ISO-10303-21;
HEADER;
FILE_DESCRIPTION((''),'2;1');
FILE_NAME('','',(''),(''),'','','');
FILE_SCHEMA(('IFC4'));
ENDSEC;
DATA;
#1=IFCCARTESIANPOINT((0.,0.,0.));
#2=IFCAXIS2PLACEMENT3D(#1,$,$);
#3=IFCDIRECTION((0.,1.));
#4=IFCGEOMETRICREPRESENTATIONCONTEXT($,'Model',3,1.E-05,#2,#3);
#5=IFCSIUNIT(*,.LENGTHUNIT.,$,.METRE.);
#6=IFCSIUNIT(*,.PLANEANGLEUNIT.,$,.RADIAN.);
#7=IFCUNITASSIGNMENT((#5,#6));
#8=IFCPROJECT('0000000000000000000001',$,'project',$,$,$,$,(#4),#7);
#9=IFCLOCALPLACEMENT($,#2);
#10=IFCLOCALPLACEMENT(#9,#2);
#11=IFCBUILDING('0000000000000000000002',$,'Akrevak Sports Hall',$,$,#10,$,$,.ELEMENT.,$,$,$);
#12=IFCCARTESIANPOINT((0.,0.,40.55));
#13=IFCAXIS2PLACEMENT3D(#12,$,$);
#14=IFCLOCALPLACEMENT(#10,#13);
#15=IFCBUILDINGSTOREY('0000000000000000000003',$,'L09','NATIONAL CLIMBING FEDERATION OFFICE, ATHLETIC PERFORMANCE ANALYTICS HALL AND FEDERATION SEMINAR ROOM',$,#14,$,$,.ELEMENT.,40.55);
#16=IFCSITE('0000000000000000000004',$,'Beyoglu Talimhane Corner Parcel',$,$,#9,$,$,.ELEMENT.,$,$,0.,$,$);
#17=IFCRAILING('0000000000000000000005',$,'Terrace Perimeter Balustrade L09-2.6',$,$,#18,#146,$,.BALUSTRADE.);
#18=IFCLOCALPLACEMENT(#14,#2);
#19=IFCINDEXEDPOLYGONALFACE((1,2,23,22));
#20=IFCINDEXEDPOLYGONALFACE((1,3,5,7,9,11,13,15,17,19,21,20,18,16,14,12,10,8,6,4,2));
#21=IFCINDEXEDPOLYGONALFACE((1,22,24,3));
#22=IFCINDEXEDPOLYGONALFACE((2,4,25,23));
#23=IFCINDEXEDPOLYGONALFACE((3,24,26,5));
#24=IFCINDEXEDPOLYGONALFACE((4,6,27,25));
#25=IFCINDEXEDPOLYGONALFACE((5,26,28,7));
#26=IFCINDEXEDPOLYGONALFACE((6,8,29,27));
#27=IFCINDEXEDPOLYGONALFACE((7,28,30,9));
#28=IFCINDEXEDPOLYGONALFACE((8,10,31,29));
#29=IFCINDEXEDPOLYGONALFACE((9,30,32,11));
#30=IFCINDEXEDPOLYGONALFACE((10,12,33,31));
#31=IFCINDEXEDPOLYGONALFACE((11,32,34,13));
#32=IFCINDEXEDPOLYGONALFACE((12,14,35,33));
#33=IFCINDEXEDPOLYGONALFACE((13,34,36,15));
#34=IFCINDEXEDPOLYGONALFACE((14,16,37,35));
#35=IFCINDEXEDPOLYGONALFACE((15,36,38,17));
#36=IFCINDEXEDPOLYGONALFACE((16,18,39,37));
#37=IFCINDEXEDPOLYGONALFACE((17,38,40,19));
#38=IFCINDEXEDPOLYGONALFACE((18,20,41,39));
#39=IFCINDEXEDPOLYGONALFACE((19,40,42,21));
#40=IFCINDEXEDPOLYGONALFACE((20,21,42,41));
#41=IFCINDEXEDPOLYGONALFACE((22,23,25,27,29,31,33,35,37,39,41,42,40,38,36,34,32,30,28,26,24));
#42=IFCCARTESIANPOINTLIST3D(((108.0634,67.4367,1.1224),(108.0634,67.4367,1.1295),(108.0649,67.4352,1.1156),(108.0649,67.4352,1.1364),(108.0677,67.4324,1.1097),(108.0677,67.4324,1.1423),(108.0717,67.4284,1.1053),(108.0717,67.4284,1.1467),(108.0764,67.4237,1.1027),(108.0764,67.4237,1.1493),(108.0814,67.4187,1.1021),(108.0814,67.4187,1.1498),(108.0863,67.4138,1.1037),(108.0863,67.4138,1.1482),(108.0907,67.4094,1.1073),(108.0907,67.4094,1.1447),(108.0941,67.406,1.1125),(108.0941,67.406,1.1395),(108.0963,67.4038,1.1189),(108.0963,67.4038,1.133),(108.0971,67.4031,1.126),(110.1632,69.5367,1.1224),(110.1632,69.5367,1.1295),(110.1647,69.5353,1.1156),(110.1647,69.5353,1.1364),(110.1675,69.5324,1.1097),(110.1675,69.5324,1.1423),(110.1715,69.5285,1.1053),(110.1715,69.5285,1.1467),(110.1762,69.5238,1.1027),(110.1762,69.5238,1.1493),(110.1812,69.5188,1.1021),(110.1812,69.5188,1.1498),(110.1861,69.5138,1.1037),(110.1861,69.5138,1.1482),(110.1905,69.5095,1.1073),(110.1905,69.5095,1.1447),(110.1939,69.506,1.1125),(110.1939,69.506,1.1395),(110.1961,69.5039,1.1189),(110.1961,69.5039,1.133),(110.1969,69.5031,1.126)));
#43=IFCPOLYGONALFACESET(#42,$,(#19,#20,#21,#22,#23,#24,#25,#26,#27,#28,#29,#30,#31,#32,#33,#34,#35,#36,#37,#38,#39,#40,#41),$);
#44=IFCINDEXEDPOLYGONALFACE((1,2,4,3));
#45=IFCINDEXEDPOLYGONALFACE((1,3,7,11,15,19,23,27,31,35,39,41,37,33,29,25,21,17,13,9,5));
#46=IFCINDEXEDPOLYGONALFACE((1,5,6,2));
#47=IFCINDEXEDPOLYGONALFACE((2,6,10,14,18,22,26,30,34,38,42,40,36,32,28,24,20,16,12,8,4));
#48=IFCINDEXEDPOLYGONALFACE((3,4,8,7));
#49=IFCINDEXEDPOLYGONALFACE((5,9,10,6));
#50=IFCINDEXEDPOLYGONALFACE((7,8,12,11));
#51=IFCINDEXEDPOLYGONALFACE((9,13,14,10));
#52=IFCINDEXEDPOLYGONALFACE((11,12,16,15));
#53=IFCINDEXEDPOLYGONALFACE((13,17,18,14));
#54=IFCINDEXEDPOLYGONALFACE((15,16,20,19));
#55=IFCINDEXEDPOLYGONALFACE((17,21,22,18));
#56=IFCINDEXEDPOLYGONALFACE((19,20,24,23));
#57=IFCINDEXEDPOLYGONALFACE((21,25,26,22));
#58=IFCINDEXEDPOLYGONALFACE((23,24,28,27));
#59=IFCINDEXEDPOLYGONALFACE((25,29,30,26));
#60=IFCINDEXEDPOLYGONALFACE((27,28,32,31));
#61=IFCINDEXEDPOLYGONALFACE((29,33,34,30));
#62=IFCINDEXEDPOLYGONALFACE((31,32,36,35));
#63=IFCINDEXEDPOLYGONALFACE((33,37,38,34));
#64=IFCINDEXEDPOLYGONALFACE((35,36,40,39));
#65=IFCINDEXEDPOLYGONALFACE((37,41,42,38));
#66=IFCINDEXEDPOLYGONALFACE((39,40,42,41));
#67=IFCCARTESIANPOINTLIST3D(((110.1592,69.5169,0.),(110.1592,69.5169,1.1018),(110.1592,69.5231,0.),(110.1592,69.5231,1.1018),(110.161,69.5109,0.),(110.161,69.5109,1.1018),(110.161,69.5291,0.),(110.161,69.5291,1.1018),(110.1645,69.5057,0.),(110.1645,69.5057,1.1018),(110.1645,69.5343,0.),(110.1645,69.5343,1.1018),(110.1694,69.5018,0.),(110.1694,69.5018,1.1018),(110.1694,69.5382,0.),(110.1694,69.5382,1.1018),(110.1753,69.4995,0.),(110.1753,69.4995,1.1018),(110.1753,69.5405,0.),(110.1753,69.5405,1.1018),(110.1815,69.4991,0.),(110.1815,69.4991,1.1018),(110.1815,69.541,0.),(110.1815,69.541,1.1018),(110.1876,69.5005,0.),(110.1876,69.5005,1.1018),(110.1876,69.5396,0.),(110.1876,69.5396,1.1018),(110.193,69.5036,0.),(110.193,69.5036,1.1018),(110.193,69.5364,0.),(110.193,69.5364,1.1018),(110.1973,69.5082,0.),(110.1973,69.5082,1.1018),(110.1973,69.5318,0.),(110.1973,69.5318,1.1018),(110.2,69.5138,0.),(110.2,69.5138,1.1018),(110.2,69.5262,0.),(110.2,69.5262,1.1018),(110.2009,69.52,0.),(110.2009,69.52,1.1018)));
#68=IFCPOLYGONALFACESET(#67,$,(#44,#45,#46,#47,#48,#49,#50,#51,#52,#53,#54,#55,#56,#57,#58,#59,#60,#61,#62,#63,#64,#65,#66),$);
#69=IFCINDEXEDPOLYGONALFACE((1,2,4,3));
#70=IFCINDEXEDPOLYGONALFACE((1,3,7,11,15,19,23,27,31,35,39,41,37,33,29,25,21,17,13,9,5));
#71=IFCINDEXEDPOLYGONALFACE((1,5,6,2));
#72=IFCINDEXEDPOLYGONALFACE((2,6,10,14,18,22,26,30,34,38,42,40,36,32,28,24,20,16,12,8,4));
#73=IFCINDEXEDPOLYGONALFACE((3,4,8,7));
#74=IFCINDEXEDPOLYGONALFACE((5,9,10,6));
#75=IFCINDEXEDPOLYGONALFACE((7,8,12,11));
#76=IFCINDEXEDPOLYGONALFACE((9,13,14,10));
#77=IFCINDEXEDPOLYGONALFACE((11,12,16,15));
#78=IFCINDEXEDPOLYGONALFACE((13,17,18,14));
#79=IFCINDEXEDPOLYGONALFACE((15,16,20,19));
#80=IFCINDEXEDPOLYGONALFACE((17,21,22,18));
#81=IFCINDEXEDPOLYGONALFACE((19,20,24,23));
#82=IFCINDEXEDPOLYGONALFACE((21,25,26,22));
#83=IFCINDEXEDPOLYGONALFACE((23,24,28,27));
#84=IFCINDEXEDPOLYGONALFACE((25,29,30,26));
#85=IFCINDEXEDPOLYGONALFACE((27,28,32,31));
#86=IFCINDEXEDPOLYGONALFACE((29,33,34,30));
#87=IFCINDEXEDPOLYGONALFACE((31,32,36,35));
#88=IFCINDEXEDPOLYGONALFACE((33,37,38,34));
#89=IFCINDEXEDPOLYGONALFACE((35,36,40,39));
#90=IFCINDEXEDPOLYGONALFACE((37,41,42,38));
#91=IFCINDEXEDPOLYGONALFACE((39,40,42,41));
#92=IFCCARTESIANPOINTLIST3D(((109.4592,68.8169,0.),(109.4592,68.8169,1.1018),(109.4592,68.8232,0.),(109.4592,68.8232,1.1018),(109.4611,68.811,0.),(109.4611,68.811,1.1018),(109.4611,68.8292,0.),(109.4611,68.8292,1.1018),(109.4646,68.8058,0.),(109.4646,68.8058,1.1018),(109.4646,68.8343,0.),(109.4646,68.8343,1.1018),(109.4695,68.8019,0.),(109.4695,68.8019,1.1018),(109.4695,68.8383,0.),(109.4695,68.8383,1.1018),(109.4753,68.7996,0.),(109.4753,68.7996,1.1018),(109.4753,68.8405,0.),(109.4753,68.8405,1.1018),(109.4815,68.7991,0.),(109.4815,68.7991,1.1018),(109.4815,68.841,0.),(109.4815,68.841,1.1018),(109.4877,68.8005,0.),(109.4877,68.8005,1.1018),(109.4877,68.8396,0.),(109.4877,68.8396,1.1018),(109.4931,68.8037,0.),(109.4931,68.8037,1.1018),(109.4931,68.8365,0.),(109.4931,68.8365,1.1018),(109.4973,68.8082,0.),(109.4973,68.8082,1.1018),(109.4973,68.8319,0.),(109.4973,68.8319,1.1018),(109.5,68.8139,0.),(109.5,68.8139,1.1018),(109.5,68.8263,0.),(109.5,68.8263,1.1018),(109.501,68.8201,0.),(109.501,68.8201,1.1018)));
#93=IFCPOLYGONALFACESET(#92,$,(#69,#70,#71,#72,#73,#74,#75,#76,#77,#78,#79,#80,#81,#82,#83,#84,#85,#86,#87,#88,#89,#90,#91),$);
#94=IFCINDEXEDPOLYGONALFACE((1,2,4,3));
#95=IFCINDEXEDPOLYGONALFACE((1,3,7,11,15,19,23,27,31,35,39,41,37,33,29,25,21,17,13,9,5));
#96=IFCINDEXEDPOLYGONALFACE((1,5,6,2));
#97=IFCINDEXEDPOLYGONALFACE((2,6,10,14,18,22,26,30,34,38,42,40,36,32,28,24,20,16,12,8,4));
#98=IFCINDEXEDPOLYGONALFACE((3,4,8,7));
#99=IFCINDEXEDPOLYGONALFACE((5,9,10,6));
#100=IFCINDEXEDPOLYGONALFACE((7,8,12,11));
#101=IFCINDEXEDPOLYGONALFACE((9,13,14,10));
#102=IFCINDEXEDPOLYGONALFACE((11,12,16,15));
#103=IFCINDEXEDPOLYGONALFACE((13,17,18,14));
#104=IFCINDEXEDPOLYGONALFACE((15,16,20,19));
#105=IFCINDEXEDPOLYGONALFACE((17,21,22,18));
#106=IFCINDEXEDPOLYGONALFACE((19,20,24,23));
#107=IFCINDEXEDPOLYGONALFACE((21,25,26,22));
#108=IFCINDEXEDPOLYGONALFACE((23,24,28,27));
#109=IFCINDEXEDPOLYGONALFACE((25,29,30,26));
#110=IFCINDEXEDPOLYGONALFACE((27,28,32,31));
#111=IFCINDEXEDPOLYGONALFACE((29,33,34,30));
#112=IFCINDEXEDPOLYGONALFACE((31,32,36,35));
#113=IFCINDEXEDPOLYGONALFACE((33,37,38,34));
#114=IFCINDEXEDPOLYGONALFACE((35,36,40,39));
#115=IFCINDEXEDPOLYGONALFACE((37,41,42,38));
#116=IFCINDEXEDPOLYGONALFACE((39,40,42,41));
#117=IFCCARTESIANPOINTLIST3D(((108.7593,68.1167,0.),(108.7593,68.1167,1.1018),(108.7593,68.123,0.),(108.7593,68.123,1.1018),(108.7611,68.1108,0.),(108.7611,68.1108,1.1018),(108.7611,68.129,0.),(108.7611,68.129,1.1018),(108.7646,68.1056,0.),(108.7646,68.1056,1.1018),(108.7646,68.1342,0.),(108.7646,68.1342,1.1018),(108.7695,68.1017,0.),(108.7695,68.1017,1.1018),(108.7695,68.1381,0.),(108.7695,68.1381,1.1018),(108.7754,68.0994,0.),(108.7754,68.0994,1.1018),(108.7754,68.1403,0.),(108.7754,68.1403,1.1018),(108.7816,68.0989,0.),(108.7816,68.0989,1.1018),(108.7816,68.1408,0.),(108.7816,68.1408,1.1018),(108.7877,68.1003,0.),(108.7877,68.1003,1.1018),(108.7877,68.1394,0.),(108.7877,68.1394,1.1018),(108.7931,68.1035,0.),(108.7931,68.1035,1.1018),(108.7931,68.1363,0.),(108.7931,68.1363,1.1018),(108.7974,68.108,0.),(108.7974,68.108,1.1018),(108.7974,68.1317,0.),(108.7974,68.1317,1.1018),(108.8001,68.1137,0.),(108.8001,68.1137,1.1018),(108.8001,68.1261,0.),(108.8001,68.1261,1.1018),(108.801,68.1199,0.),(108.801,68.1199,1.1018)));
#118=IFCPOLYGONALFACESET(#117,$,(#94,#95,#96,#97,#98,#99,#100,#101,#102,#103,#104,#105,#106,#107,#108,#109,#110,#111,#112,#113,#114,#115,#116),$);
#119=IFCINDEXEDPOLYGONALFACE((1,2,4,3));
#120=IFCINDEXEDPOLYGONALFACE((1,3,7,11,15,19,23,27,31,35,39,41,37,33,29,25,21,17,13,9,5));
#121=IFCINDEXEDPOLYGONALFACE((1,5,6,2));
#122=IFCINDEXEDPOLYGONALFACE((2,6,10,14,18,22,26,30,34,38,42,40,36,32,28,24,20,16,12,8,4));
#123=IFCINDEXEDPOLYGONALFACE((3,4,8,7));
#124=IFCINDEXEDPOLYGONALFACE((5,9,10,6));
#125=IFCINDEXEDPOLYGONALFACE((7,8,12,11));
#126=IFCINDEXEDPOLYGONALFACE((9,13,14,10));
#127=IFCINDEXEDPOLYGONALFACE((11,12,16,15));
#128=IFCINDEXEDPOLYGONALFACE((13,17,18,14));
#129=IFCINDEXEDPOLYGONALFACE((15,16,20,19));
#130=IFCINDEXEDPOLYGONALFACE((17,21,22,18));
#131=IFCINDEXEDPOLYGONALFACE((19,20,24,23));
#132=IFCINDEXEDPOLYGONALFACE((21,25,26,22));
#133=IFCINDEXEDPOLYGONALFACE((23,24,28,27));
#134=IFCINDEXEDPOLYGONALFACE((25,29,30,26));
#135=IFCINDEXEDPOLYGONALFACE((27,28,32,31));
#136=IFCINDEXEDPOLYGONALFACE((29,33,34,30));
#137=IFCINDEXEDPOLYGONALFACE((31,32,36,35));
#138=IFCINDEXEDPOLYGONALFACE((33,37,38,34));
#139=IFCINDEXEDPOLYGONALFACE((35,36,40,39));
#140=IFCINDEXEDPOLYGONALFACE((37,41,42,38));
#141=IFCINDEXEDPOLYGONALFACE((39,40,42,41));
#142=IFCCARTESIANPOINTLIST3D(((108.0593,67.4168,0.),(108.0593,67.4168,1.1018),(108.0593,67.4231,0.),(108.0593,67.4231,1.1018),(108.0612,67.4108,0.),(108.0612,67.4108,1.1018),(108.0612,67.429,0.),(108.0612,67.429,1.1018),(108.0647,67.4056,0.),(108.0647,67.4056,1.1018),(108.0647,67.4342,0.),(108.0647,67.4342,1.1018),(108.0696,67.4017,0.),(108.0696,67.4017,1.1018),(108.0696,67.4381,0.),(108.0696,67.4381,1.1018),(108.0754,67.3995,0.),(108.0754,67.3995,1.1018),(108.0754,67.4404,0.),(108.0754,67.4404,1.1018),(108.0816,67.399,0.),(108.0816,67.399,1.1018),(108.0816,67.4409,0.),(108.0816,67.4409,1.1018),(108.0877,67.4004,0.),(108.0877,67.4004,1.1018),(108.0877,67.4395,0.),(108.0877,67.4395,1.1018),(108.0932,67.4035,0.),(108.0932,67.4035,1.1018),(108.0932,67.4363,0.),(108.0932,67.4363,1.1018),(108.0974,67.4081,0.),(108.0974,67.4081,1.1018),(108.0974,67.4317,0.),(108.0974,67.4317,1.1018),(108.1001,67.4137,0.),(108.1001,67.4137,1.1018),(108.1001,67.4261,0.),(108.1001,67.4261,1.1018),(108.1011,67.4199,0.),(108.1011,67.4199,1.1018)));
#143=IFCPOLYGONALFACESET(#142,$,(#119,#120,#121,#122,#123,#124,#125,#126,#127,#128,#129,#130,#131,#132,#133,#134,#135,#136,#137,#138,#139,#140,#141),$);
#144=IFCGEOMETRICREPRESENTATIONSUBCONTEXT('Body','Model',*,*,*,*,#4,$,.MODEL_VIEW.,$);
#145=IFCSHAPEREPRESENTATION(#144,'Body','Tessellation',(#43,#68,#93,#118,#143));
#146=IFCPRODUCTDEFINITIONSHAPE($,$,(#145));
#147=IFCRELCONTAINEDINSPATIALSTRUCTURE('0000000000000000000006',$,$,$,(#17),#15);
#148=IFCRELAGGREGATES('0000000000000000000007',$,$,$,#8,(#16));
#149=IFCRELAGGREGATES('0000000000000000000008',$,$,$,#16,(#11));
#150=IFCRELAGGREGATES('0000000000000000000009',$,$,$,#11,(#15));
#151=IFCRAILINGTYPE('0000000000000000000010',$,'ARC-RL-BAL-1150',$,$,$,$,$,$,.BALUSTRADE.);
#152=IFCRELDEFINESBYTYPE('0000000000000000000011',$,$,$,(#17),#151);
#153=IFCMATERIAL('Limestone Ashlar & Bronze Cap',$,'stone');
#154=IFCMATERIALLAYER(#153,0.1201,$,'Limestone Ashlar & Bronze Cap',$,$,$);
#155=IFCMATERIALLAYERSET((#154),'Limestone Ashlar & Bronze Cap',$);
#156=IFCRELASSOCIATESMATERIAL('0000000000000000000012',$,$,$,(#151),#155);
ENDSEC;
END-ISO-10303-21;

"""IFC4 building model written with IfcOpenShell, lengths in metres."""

from ifc_helpers import new_model, si_unit, direction, frame, origin, origin_2d, place, context, subcontext, project, spatial, circle, extrude, material, layer, layer_set, type_object, element, save


model = new_model("IFC4")

# Units and contexts
model_context = context("Model", 3, precision=1e-05, world=origin(), true_north=direction((0.0, 1.0)))
body_context = subcontext(model_context, "Body", "Model", "MODEL_VIEW")
ifc_project = project(units=[si_unit("LENGTHUNIT", "METRE"), si_unit("PLANEANGLEUNIT", "RADIAN")], contexts=[model_context])

# Site, building, storey
site_placement = place(None, origin())
site = spatial("IfcSite", under=ifc_project, at=site_placement, Name="Beyoglu Talimhane Corner Parcel", CompositionType="ELEMENT", RefElevation=0.0)
building_placement = place(site_placement, origin())
building = spatial("IfcBuilding", under=site, at=building_placement, Name="Akrevak Sports Hall", CompositionType="ELEMENT")
storey_placement = place(building_placement, frame((0.0, 0.0, 40.55)))
storey = spatial("IfcBuildingStorey", under=building, at=storey_placement, Name="L09", Description="NATIONAL CLIMBING FEDERATION OFFICE, ATHLETIC PERFORMANCE ANALYTICS HALL AND FEDERATION SEMINAR ROOM", CompositionType="ELEMENT", Elevation=40.55)

# Railing
ifc_material_1 = material(Name="Limestone Ashlar & Bronze Cap", Category="stone")
ifc_layer_1 = layer(ifc_material_1, 0.1201, Name="Limestone Ashlar & Bronze Cap")
ifc_layer_set_1 = layer_set([ifc_layer_1], Name="Limestone Ashlar & Bronze Cap")
railing_type = type_object("IfcRailingType", Name="ARC-RL-BAL-1150", PredefinedType="BALUSTRADE", material=ifc_layer_set_1)
railing_1_placement = place(storey_placement, frame((110.1799, 69.52, 0.0)))
element("IfcRailing", 1, at=railing_1_placement, inside=storey, type_object=railing_type, Name="Terrace Perimeter Balustrade L09-2.6", PredefinedType="BALUSTRADE", context=body_context, shape_type="SweptSolid", body=[
    extrude(circle(Radius=0.0239, at=origin_2d()), frame((0.0, 0.0, 1.126), z_axis=(-0.707066, -0.707148, 0.0), x_axis=(0.707148, -0.707066, 0.0)), (0.0, 0.0, 1.0), 2.9697),
    extrude(circle(Radius=0.021, at=origin_2d()), origin(), (0.0, 0.0, 1.0), 1.1018),
    extrude(circle(Radius=0.021, at=origin_2d()), frame((-0.7, -0.7, 0.0)), (0.0, 0.0, 1.0), 1.1018),
    extrude(circle(Radius=0.021, at=origin_2d()), frame((-1.3999, -1.4001, 0.0)), (0.0, 0.0, 1.0), 1.1018),
    extrude(circle(Radius=0.021, at=origin_2d()), frame((-2.0999, -2.1001, 0.0)), (0.0, 0.0, 1.0), 1.1018),
])

save(model, "model.ifc")
